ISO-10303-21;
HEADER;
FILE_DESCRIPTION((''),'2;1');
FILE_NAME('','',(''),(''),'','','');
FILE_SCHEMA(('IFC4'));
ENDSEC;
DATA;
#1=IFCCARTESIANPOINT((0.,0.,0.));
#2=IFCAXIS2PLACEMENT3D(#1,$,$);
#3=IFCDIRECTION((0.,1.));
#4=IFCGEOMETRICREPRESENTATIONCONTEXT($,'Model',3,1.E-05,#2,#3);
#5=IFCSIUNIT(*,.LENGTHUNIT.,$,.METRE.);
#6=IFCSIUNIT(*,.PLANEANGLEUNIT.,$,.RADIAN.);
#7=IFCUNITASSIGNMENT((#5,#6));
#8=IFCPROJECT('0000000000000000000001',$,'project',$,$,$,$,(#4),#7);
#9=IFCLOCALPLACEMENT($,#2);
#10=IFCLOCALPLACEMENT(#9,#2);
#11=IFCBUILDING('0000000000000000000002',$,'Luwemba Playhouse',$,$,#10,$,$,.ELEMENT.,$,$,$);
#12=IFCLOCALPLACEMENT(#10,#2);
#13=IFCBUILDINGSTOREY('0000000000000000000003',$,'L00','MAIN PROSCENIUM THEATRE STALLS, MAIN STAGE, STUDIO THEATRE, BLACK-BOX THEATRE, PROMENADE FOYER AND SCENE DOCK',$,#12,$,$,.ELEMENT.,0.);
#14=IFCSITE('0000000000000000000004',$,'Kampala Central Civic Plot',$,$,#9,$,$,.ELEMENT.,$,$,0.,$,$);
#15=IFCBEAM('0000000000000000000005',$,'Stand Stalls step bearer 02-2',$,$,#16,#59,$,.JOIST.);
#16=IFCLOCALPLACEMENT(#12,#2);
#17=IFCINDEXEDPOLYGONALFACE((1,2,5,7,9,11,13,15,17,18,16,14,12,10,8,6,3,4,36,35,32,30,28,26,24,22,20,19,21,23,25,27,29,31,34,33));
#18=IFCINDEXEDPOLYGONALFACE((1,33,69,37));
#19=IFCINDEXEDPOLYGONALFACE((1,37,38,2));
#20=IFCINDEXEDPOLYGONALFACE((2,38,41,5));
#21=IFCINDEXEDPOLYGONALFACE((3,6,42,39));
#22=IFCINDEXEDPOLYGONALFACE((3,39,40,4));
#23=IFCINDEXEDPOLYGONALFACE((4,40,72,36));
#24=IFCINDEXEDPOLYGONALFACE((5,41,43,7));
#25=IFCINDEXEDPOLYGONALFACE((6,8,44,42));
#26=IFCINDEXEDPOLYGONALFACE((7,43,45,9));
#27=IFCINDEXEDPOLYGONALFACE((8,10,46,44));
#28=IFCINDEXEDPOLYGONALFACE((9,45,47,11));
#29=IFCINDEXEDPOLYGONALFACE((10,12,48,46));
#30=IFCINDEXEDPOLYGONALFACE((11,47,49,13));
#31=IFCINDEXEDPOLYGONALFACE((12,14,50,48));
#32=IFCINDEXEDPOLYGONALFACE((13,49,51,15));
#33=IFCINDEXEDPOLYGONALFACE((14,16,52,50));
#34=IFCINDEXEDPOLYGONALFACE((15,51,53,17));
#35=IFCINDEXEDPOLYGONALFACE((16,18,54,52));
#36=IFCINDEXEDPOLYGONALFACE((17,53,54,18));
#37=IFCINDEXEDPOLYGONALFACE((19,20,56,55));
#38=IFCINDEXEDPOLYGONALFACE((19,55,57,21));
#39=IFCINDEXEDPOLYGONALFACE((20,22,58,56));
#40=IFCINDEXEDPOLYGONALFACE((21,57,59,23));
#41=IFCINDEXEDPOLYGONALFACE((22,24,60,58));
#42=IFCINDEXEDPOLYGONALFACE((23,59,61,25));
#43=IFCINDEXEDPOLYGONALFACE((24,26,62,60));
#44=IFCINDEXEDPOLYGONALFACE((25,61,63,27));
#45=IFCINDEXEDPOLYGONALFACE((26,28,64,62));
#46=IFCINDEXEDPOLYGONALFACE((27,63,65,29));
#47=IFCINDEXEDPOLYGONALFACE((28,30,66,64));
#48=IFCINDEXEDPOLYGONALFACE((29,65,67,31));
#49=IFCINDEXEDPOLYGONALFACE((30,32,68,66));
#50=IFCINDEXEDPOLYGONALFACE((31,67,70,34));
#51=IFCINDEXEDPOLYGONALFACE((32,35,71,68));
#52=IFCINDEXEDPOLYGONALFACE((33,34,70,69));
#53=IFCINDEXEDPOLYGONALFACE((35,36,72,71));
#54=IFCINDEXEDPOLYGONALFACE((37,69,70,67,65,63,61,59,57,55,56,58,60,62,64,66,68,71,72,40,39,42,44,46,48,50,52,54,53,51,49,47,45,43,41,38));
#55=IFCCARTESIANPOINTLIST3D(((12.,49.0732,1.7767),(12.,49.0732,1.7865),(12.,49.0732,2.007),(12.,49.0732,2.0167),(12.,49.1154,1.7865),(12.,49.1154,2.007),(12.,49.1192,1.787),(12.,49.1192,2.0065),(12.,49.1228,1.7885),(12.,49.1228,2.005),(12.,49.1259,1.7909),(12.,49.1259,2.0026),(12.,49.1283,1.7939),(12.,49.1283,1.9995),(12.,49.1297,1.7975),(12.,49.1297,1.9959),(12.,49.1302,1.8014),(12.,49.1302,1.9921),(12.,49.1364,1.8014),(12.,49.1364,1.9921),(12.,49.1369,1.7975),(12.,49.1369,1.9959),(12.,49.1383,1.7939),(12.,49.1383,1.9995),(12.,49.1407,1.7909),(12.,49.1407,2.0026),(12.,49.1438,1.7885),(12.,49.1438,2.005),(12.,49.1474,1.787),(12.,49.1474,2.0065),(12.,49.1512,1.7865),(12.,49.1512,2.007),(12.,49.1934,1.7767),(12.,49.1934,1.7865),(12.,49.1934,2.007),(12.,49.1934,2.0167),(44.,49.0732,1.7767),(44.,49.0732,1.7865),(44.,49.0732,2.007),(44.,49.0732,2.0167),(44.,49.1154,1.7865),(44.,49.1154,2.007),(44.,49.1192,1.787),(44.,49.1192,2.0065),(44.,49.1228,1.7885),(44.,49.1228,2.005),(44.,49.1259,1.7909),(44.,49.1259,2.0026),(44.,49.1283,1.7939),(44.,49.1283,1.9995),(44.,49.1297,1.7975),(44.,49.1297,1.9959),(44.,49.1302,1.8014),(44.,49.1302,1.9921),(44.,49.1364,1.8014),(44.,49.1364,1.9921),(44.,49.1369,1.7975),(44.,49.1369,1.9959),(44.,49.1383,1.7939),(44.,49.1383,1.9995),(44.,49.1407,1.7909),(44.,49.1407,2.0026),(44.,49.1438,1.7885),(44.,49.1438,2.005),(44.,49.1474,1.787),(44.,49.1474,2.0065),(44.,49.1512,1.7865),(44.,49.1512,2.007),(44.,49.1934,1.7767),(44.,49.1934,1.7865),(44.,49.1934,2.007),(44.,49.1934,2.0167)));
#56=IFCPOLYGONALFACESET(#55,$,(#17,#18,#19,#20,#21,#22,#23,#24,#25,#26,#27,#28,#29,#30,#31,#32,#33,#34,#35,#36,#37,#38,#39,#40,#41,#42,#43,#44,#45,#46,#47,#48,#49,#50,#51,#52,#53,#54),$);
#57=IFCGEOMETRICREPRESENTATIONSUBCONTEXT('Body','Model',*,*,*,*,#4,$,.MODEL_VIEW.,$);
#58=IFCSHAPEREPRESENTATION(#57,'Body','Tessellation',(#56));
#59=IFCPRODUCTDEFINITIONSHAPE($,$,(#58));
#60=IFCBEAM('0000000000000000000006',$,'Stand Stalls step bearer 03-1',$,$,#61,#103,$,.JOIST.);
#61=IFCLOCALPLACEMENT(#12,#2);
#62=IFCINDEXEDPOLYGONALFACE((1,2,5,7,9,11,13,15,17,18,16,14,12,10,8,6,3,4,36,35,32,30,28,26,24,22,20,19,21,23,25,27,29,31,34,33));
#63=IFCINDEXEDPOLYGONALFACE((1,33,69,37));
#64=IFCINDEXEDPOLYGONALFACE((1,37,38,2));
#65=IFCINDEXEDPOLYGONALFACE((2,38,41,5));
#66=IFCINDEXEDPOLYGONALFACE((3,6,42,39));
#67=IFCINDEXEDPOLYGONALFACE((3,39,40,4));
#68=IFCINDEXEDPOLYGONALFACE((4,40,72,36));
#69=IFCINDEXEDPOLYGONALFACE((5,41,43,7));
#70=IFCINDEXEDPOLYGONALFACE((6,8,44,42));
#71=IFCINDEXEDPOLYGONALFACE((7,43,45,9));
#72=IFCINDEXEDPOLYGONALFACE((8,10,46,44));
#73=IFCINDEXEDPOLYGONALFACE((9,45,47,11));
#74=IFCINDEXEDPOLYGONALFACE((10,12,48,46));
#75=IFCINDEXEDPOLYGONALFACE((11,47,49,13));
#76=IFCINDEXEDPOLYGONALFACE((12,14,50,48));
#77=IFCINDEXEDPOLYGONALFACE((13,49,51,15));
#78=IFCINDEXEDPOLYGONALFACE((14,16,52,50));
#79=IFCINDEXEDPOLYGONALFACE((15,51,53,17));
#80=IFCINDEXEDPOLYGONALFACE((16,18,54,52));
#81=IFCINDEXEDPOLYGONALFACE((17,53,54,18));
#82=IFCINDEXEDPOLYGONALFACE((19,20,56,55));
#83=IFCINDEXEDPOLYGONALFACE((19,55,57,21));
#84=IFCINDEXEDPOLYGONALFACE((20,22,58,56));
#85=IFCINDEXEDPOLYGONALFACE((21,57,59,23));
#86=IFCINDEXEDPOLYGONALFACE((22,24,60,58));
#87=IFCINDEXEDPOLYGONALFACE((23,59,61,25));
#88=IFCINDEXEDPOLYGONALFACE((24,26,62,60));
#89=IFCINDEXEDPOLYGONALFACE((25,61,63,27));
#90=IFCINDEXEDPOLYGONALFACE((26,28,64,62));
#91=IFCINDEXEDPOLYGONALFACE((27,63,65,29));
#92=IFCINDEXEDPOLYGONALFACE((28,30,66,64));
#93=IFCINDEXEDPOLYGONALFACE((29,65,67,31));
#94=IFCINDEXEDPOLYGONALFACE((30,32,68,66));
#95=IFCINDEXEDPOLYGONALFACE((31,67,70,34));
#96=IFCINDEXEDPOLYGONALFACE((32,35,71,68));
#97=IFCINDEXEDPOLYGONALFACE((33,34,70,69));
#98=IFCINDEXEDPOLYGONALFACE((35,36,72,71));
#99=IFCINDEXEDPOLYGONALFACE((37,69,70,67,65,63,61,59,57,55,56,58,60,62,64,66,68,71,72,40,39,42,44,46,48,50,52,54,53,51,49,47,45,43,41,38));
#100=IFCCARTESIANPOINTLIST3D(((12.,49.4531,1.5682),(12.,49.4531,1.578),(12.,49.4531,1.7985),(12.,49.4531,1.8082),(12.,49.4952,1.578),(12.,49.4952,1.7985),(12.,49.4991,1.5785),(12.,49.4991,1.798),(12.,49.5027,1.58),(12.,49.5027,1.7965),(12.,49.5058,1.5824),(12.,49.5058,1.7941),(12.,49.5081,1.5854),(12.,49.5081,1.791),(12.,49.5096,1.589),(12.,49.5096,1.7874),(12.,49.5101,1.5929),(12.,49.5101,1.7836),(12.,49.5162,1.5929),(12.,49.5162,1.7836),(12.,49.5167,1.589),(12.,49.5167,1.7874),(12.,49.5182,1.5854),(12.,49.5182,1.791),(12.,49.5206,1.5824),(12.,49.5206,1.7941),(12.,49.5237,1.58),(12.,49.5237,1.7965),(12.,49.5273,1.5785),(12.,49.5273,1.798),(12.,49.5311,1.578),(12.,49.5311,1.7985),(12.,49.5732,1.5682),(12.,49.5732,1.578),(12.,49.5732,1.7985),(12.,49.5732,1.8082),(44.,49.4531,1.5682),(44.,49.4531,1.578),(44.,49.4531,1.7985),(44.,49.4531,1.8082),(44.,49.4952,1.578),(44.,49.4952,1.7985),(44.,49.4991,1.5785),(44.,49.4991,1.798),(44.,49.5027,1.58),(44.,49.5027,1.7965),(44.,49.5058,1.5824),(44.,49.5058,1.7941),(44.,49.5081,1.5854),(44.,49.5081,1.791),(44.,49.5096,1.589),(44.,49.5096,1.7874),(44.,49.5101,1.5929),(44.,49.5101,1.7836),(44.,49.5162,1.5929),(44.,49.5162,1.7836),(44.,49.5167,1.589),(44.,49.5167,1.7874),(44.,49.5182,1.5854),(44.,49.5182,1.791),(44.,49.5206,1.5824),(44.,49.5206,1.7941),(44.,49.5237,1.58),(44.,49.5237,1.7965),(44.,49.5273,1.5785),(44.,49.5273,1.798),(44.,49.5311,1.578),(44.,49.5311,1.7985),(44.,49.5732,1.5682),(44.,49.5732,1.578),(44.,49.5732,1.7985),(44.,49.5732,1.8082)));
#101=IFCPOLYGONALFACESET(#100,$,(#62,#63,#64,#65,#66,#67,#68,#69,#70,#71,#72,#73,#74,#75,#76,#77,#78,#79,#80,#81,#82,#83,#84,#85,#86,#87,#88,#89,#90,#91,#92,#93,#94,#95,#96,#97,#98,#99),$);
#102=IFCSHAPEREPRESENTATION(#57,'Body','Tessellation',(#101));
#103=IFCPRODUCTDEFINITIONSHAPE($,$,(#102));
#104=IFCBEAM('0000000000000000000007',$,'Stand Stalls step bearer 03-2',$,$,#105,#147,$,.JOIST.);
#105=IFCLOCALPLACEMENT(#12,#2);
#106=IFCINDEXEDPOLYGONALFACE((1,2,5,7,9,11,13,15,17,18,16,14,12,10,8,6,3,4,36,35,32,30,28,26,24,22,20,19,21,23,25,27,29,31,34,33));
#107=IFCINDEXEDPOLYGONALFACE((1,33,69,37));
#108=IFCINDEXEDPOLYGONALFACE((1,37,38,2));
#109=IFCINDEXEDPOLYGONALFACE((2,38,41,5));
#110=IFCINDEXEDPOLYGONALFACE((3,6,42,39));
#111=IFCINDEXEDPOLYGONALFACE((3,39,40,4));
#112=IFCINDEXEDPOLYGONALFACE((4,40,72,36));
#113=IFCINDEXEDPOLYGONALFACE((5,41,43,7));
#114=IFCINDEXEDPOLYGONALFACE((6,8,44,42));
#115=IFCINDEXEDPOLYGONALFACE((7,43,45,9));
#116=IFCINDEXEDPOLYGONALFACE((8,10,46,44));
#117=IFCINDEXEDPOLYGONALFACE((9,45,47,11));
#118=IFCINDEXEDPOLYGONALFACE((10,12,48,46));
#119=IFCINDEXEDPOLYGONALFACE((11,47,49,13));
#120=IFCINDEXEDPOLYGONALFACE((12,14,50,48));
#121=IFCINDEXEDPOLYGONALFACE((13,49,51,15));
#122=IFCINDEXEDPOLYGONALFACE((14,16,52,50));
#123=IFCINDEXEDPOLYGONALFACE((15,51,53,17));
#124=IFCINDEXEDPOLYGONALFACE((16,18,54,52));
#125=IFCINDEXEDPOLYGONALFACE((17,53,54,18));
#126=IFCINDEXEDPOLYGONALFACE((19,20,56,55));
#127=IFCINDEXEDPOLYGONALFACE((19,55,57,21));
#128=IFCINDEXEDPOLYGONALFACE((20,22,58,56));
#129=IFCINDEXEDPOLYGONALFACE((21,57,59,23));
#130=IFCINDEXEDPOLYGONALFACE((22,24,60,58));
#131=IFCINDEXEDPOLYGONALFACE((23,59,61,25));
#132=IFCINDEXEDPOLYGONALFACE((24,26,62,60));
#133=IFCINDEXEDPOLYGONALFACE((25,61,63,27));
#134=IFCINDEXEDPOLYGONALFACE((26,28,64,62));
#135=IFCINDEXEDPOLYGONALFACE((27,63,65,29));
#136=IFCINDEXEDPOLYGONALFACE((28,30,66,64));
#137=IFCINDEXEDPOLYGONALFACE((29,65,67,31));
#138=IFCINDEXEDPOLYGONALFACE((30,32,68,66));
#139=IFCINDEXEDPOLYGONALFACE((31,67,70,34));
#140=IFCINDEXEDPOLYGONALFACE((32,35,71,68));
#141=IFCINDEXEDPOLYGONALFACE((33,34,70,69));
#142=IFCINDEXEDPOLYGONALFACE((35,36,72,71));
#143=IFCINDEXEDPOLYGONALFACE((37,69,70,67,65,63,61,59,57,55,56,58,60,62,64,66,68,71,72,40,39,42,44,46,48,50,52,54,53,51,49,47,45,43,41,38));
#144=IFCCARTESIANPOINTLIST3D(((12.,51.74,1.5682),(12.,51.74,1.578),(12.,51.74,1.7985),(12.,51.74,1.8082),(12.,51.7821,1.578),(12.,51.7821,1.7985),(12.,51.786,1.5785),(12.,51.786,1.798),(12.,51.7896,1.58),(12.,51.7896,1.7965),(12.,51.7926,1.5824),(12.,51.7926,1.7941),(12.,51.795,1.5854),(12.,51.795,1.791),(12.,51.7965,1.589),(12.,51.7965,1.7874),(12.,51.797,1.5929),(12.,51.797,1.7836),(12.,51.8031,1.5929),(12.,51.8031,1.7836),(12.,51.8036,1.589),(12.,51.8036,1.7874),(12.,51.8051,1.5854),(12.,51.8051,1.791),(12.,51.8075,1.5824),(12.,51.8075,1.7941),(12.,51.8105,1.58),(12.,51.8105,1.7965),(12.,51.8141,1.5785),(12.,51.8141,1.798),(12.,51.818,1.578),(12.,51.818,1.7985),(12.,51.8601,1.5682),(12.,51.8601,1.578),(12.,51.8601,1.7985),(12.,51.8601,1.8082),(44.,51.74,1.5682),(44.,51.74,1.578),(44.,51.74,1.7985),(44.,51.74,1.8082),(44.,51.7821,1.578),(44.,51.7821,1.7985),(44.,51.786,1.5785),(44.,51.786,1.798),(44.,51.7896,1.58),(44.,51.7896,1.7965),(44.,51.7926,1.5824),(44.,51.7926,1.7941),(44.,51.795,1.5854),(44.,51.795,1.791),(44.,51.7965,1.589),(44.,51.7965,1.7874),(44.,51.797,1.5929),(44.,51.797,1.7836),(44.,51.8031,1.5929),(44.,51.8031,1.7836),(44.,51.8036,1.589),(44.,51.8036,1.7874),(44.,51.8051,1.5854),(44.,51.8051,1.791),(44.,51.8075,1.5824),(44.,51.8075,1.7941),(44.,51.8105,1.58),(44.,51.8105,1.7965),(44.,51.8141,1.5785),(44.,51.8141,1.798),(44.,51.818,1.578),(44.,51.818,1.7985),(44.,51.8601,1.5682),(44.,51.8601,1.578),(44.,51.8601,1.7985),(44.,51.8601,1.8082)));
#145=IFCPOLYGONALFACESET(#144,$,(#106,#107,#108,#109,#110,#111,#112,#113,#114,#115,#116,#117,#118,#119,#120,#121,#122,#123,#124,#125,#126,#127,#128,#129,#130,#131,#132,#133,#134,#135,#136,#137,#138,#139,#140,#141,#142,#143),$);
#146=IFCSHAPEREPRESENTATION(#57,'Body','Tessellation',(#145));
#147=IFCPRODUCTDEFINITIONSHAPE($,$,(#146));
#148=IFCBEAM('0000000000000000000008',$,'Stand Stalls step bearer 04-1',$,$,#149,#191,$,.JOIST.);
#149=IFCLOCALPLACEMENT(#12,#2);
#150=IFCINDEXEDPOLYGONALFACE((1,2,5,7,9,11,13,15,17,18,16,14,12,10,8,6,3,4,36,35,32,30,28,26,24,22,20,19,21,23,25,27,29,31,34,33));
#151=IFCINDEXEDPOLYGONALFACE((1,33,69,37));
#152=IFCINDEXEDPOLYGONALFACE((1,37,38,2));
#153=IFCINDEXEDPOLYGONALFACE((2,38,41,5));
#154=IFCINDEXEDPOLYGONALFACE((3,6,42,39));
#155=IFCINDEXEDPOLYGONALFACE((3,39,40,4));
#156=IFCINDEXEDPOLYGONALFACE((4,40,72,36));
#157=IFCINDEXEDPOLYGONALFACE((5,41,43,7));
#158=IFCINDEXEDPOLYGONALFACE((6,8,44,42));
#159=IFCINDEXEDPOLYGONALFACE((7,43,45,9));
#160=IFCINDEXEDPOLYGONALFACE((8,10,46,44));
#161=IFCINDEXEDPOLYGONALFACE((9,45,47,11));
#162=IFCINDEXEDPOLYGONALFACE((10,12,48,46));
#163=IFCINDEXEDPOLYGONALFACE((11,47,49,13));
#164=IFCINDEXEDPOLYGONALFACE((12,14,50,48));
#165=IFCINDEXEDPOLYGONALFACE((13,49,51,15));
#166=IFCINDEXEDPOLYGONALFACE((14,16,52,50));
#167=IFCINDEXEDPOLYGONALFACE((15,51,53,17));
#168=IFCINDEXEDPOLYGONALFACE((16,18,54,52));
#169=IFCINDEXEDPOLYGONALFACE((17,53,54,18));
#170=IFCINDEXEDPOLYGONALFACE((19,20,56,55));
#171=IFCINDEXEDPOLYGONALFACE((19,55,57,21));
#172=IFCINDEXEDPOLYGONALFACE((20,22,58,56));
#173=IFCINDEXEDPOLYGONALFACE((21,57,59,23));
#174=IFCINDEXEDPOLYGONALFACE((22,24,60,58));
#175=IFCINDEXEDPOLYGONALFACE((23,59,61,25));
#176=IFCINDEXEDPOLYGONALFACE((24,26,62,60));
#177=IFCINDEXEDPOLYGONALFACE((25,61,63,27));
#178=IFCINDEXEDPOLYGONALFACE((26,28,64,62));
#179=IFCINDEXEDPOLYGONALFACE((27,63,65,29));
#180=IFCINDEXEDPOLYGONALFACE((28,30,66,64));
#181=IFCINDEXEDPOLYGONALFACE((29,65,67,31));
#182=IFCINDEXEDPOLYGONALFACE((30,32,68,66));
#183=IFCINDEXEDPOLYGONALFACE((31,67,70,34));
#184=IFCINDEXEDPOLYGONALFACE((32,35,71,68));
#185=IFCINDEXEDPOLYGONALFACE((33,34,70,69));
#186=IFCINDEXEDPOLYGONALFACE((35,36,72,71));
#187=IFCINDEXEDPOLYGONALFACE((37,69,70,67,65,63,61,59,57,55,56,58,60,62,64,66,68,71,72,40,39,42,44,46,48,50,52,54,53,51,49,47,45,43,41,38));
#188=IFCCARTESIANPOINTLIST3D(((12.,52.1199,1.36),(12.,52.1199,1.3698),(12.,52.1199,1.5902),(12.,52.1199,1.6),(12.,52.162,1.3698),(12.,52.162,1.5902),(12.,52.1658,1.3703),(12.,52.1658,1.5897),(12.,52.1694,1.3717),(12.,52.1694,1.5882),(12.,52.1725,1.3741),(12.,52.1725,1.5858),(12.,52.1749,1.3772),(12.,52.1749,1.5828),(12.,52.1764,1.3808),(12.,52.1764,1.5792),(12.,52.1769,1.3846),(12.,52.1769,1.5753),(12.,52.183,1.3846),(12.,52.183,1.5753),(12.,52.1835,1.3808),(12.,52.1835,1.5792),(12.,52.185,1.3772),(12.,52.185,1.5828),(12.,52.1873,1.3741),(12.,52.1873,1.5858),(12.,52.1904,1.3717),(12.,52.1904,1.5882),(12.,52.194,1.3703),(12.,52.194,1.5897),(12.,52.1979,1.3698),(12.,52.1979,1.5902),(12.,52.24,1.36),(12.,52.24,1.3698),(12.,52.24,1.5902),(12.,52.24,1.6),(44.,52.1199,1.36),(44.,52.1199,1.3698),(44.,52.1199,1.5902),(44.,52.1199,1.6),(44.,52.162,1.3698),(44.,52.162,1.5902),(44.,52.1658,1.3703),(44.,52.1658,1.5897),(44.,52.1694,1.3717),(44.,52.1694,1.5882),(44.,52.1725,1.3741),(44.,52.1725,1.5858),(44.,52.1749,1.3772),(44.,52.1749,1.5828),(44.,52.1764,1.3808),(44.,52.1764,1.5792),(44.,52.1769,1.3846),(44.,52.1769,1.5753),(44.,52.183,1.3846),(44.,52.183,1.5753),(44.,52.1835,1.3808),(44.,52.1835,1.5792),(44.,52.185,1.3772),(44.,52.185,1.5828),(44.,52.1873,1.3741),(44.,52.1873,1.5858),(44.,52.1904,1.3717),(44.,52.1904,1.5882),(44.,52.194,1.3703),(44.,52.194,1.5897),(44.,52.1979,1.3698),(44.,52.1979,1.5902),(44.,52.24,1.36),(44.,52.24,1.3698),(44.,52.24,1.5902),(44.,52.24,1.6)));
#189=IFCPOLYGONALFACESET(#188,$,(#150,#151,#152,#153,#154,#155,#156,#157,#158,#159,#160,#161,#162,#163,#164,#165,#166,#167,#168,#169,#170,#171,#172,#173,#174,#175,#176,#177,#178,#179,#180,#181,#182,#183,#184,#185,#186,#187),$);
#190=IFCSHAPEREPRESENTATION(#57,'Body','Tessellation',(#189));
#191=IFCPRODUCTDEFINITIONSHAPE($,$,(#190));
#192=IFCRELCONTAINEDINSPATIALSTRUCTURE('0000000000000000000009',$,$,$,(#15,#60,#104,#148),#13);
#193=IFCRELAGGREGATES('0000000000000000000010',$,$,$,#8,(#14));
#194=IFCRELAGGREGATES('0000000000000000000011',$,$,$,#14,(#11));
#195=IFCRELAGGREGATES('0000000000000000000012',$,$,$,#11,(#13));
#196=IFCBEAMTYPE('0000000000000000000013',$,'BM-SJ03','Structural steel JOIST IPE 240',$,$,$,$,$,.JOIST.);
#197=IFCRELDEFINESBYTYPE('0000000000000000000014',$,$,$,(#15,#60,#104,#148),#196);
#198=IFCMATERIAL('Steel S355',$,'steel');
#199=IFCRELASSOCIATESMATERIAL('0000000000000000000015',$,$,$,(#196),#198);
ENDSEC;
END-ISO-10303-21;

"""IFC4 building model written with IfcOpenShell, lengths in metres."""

from ifc_helpers import new_model, si_unit, direction, frame, origin, origin_2d, place, context, subcontext, project, spatial, i_section, extrude, material, material_profile, profile_set, type_object, element, save


model = new_model("IFC4")

# Units and contexts
model_context = context("Model", 3, precision=1e-05, world=origin(), true_north=direction((0.0, 1.0)))
body_context = subcontext(model_context, "Body", "Model", "MODEL_VIEW")
ifc_project = project(units=[si_unit("LENGTHUNIT", "METRE"), si_unit("PLANEANGLEUNIT", "RADIAN")], contexts=[model_context])

# Site, building, storey
site_placement = place(None, origin())
site = spatial("IfcSite", under=ifc_project, at=site_placement, Name="Kampala Central Civic Plot", CompositionType="ELEMENT", RefElevation=0.0)
building_placement = place(site_placement, origin())
building = spatial("IfcBuilding", under=site, at=building_placement, Name="Luwemba Playhouse", CompositionType="ELEMENT")
storey_placement = place(building_placement, origin())
storey = spatial("IfcBuildingStorey", under=building, at=storey_placement, Name="L00", Description="MAIN PROSCENIUM THEATRE STALLS, MAIN STAGE, STUDIO THEATRE, BLACK-BOX THEATRE, PROMENADE FOYER AND SCENE DOCK", CompositionType="ELEMENT", Elevation=0.0)

# Beams
ifc_material_1 = material(Name="Steel S355", Category="steel")
ifc_material_profile_1 = material_profile(ifc_material_1, i_section(OverallWidth=0.1201, OverallDepth=0.24, WebThickness=0.0061, FlangeThickness=0.0098, FilletRadius=0.0149, at=origin_2d()))
ifc_profile_set_1 = profile_set([ifc_material_profile_1], Name="Steel S355")
beam_type_1 = type_object("IfcBeamType", Name="BM-SJ03", Description="Structural steel JOIST IPE 240", PredefinedType="JOIST", material=ifc_profile_set_1)
for number, where, z_axis, x_axis, name in (
    (1, (12.0, 49.1333, 1.8967), (1.0, 0.0, 0.0), (0.0, 1.0, 0.0), "Stand Stalls step bearer 02-2"),
    (2, (12.0, 49.5132, 1.6882), (1.0, 0.0, 0.0), (0.0, 1.0, 0.0), "Stand Stalls step bearer 03-1"),
    (3, (12.0, 51.8, 1.6882), (1.0, 0.0, 0.0), (0.0, 1.0, 0.0), "Stand Stalls step bearer 03-2"),
    (4, (12.0, 52.1799, 1.48), (1.0, 0.0, 0.0), (0.0, 1.0, 0.0), "Stand Stalls step bearer 04-1"),
):
    element("IfcBeam", number, at=place(storey_placement, frame(where, z_axis=z_axis, x_axis=x_axis)), inside=storey, type_object=beam_type_1, Name=name, PredefinedType="JOIST", context=body_context, shape_type="SweptSolid", body=[
        extrude(i_section(OverallWidth=0.1201, OverallDepth=0.24, WebThickness=0.0061, FlangeThickness=0.0098, FilletRadius=0.0149, at=origin_2d()), origin(), (0.0, 0.0, 1.0), 32.0),
    ])

save(model, "model.ifc")
